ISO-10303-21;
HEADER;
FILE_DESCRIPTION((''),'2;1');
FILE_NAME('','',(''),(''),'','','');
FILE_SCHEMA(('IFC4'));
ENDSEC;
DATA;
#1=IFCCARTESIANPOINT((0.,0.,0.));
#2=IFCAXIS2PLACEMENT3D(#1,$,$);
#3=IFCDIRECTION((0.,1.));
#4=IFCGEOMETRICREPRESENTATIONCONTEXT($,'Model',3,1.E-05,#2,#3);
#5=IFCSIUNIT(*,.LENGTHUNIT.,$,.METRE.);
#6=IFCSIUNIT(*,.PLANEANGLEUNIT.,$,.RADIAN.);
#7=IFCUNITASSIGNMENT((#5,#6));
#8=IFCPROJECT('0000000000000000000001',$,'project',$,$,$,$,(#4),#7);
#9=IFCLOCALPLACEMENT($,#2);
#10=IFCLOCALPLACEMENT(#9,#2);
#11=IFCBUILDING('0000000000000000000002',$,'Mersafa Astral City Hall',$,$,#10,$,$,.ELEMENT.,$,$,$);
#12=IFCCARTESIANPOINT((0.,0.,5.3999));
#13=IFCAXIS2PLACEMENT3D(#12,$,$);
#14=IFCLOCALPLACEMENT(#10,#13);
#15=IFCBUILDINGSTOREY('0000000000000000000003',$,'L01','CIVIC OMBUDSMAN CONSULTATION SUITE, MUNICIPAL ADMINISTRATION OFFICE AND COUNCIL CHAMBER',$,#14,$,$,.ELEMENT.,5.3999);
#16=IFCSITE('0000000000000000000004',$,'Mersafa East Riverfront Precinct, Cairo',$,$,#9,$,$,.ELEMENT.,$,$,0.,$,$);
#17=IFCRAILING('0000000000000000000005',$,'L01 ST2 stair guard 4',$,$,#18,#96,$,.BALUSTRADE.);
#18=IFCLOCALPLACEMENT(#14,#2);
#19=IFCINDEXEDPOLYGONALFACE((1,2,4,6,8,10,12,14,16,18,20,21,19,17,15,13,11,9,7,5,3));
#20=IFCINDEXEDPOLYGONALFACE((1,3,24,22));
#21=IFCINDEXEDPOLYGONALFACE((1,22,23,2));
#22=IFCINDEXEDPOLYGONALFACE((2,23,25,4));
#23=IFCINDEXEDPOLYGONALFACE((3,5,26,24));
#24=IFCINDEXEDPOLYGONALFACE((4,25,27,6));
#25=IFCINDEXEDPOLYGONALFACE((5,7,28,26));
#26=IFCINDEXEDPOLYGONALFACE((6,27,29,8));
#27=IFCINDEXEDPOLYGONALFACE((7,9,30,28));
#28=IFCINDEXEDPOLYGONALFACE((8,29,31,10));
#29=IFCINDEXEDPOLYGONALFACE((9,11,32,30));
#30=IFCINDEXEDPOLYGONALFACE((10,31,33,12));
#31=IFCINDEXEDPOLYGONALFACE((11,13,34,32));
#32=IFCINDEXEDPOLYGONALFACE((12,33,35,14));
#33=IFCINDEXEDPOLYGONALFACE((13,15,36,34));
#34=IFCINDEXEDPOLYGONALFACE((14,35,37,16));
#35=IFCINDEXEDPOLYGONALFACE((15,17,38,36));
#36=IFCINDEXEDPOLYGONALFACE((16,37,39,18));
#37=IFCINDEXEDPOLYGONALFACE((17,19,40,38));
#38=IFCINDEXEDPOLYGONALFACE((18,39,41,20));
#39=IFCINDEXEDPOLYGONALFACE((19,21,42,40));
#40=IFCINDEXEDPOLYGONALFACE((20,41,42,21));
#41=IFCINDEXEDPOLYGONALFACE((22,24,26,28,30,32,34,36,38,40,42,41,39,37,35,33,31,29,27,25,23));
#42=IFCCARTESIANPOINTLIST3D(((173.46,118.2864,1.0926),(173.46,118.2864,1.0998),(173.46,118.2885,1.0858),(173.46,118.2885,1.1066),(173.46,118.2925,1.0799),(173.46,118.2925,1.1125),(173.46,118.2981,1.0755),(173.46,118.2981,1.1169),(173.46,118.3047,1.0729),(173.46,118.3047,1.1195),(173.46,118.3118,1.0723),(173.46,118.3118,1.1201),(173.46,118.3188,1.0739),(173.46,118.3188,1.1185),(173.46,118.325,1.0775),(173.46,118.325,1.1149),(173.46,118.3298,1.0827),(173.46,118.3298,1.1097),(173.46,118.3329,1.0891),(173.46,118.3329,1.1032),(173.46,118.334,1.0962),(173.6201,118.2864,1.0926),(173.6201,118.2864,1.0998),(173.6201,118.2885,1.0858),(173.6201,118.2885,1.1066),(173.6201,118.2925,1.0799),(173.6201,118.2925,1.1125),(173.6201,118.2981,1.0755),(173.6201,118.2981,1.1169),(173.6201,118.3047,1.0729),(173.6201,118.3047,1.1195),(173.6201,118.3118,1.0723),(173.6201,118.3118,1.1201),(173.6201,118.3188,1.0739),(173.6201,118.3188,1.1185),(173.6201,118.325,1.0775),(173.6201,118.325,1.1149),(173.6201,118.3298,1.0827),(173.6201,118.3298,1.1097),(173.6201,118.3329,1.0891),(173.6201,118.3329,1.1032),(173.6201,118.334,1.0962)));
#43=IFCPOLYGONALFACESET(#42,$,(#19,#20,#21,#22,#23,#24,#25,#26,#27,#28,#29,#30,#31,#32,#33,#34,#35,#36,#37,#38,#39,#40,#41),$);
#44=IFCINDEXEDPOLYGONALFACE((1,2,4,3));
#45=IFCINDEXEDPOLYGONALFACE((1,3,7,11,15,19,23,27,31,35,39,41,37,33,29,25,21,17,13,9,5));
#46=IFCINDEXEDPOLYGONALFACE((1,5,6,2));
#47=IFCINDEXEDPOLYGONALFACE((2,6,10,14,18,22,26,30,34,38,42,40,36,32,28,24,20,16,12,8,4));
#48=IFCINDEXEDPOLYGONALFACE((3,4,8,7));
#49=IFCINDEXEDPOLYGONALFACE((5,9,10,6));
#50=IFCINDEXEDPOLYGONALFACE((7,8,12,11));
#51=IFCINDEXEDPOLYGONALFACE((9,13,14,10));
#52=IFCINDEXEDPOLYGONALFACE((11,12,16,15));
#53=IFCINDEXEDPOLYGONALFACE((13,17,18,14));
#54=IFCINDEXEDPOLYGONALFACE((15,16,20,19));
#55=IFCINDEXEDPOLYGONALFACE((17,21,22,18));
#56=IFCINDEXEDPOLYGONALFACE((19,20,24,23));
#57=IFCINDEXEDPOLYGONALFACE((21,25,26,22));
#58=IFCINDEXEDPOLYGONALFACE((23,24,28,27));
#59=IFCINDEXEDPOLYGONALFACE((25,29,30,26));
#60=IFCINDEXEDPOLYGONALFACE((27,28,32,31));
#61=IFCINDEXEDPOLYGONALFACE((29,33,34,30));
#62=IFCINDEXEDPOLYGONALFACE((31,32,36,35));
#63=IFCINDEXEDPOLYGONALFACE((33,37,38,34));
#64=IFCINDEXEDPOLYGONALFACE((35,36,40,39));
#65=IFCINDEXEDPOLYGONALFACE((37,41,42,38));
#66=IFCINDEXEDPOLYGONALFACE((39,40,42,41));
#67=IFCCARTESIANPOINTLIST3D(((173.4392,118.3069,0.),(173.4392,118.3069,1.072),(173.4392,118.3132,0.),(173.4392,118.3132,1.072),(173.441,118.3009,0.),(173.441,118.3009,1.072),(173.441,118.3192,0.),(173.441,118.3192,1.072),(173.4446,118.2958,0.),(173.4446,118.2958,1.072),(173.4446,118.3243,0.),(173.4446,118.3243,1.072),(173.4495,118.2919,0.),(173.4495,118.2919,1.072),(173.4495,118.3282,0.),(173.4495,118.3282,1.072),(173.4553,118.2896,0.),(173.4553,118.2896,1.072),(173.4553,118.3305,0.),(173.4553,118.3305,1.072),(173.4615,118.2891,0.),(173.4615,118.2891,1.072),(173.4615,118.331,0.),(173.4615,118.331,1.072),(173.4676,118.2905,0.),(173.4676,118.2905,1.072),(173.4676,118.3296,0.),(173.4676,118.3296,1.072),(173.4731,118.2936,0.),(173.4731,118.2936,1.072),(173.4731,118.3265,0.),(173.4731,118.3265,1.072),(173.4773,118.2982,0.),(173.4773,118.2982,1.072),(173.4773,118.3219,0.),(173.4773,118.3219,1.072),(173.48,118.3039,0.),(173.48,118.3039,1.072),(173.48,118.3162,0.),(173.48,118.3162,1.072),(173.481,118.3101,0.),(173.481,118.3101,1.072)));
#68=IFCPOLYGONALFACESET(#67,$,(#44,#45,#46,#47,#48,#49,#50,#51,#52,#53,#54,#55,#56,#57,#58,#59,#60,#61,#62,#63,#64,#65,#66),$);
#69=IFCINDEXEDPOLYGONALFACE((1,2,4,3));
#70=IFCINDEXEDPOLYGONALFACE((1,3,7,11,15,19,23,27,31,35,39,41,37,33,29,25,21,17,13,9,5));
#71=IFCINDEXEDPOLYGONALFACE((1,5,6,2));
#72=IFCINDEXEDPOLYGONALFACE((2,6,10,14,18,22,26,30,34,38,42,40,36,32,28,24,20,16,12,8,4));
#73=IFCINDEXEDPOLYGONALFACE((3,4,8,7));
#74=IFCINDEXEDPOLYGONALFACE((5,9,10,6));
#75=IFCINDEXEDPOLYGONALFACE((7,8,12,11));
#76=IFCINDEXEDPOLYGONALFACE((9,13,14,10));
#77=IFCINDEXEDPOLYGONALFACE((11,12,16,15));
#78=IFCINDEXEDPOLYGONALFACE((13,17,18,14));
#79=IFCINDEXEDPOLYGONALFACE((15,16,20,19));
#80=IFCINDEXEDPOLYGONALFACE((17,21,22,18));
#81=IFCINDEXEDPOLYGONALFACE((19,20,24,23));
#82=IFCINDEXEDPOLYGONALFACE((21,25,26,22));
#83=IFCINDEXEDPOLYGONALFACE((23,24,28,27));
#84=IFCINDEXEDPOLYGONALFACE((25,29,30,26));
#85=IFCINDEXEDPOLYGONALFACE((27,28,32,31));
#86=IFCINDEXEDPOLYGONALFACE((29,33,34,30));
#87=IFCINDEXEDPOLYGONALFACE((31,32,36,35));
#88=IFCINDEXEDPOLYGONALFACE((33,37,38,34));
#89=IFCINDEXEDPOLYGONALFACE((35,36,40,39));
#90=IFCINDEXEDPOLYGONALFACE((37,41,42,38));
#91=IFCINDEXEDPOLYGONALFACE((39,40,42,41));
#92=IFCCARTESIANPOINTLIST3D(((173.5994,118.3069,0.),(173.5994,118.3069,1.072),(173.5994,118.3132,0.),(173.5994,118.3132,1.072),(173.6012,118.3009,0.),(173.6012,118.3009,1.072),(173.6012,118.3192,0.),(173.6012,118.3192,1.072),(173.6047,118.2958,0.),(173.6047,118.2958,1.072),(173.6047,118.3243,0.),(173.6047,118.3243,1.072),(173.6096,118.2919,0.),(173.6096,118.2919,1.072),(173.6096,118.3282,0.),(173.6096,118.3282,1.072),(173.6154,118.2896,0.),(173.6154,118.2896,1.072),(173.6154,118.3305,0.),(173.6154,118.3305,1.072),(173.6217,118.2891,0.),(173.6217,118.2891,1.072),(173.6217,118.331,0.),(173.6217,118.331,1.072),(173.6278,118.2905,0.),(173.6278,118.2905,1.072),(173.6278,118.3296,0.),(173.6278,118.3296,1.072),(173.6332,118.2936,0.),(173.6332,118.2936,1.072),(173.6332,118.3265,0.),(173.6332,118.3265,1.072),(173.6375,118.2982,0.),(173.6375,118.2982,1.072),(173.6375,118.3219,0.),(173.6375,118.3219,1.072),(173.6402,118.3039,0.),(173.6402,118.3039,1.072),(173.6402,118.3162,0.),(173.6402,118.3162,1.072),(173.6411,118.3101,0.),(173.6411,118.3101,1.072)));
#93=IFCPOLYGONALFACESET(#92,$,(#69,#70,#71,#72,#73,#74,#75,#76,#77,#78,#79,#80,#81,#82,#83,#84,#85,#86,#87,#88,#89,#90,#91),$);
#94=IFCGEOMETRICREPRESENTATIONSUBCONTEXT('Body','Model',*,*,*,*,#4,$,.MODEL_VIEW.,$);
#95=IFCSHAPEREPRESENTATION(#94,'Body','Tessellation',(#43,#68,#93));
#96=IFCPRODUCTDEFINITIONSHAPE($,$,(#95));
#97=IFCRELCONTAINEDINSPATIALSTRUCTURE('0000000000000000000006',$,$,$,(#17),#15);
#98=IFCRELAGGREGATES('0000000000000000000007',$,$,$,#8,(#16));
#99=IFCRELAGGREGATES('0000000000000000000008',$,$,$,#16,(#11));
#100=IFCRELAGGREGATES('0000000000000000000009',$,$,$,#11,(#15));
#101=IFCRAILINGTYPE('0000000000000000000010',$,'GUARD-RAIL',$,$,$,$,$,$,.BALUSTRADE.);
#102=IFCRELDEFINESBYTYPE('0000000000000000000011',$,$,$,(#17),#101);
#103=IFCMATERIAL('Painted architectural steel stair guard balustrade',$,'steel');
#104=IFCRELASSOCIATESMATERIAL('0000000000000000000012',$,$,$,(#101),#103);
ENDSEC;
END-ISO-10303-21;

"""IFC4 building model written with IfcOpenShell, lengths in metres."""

from ifc_helpers import new_model, si_unit, direction, frame, origin, origin_2d, place, context, subcontext, project, spatial, circle, extrude, material, type_object, element, save


model = new_model("IFC4")

# Units and contexts
model_context = context("Model", 3, precision=1e-05, world=origin(), true_north=direction((0.0, 1.0)))
body_context = subcontext(model_context, "Body", "Model", "MODEL_VIEW")
ifc_project = project(units=[si_unit("LENGTHUNIT", "METRE"), si_unit("PLANEANGLEUNIT", "RADIAN")], contexts=[model_context])

# Site, building, storey
site_placement = place(None, origin())
site = spatial("IfcSite", under=ifc_project, at=site_placement, Name="Mersafa East Riverfront Precinct, Cairo", CompositionType="ELEMENT", RefElevation=0.0)
building_placement = place(site_placement, origin())
building = spatial("IfcBuilding", under=site, at=building_placement, Name="Mersafa Astral City Hall", CompositionType="ELEMENT")
storey_placement = place(building_placement, frame((0.0, 0.0, 5.3999)))
storey = spatial("IfcBuildingStorey", under=building, at=storey_placement, Name="L01", Description="CIVIC OMBUDSMAN CONSULTATION SUITE, MUNICIPAL ADMINISTRATION OFFICE AND COUNCIL CHAMBER", CompositionType="ELEMENT", Elevation=5.3999)

# Railing
ifc_material_1 = material(Name="Painted architectural steel stair guard balustrade", Category="steel")
railing_type_1 = type_object("IfcRailingType", Name="GUARD-RAIL", PredefinedType="BALUSTRADE", material=ifc_material_1)
railing_1_placement = place(storey_placement, frame((173.46, 118.3101, 0.0)))
element("IfcRailing", 1, at=railing_1_placement, inside=storey, type_object=railing_type_1, Name="L01 ST2 stair guard 4", PredefinedType="BALUSTRADE", context=body_context, shape_type="SweptSolid", body=[
    extrude(circle(Radius=0.0239, at=origin_2d()), frame((0.0, 0.0, 1.0962), z_axis=(1.0, 0.0, 0.0), x_axis=(0.0, 1.0, 0.0)), (0.0, 0.0, 1.0), 0.1602),
    extrude(circle(Radius=0.021, at=origin_2d()), origin(), (0.0, 0.0, 1.0), 1.072),
    extrude(circle(Radius=0.021, at=origin_2d()), frame((0.1602, 0.0, 0.0)), (0.0, 0.0, 1.0), 1.072),
])

save(model, "model.ifc")
